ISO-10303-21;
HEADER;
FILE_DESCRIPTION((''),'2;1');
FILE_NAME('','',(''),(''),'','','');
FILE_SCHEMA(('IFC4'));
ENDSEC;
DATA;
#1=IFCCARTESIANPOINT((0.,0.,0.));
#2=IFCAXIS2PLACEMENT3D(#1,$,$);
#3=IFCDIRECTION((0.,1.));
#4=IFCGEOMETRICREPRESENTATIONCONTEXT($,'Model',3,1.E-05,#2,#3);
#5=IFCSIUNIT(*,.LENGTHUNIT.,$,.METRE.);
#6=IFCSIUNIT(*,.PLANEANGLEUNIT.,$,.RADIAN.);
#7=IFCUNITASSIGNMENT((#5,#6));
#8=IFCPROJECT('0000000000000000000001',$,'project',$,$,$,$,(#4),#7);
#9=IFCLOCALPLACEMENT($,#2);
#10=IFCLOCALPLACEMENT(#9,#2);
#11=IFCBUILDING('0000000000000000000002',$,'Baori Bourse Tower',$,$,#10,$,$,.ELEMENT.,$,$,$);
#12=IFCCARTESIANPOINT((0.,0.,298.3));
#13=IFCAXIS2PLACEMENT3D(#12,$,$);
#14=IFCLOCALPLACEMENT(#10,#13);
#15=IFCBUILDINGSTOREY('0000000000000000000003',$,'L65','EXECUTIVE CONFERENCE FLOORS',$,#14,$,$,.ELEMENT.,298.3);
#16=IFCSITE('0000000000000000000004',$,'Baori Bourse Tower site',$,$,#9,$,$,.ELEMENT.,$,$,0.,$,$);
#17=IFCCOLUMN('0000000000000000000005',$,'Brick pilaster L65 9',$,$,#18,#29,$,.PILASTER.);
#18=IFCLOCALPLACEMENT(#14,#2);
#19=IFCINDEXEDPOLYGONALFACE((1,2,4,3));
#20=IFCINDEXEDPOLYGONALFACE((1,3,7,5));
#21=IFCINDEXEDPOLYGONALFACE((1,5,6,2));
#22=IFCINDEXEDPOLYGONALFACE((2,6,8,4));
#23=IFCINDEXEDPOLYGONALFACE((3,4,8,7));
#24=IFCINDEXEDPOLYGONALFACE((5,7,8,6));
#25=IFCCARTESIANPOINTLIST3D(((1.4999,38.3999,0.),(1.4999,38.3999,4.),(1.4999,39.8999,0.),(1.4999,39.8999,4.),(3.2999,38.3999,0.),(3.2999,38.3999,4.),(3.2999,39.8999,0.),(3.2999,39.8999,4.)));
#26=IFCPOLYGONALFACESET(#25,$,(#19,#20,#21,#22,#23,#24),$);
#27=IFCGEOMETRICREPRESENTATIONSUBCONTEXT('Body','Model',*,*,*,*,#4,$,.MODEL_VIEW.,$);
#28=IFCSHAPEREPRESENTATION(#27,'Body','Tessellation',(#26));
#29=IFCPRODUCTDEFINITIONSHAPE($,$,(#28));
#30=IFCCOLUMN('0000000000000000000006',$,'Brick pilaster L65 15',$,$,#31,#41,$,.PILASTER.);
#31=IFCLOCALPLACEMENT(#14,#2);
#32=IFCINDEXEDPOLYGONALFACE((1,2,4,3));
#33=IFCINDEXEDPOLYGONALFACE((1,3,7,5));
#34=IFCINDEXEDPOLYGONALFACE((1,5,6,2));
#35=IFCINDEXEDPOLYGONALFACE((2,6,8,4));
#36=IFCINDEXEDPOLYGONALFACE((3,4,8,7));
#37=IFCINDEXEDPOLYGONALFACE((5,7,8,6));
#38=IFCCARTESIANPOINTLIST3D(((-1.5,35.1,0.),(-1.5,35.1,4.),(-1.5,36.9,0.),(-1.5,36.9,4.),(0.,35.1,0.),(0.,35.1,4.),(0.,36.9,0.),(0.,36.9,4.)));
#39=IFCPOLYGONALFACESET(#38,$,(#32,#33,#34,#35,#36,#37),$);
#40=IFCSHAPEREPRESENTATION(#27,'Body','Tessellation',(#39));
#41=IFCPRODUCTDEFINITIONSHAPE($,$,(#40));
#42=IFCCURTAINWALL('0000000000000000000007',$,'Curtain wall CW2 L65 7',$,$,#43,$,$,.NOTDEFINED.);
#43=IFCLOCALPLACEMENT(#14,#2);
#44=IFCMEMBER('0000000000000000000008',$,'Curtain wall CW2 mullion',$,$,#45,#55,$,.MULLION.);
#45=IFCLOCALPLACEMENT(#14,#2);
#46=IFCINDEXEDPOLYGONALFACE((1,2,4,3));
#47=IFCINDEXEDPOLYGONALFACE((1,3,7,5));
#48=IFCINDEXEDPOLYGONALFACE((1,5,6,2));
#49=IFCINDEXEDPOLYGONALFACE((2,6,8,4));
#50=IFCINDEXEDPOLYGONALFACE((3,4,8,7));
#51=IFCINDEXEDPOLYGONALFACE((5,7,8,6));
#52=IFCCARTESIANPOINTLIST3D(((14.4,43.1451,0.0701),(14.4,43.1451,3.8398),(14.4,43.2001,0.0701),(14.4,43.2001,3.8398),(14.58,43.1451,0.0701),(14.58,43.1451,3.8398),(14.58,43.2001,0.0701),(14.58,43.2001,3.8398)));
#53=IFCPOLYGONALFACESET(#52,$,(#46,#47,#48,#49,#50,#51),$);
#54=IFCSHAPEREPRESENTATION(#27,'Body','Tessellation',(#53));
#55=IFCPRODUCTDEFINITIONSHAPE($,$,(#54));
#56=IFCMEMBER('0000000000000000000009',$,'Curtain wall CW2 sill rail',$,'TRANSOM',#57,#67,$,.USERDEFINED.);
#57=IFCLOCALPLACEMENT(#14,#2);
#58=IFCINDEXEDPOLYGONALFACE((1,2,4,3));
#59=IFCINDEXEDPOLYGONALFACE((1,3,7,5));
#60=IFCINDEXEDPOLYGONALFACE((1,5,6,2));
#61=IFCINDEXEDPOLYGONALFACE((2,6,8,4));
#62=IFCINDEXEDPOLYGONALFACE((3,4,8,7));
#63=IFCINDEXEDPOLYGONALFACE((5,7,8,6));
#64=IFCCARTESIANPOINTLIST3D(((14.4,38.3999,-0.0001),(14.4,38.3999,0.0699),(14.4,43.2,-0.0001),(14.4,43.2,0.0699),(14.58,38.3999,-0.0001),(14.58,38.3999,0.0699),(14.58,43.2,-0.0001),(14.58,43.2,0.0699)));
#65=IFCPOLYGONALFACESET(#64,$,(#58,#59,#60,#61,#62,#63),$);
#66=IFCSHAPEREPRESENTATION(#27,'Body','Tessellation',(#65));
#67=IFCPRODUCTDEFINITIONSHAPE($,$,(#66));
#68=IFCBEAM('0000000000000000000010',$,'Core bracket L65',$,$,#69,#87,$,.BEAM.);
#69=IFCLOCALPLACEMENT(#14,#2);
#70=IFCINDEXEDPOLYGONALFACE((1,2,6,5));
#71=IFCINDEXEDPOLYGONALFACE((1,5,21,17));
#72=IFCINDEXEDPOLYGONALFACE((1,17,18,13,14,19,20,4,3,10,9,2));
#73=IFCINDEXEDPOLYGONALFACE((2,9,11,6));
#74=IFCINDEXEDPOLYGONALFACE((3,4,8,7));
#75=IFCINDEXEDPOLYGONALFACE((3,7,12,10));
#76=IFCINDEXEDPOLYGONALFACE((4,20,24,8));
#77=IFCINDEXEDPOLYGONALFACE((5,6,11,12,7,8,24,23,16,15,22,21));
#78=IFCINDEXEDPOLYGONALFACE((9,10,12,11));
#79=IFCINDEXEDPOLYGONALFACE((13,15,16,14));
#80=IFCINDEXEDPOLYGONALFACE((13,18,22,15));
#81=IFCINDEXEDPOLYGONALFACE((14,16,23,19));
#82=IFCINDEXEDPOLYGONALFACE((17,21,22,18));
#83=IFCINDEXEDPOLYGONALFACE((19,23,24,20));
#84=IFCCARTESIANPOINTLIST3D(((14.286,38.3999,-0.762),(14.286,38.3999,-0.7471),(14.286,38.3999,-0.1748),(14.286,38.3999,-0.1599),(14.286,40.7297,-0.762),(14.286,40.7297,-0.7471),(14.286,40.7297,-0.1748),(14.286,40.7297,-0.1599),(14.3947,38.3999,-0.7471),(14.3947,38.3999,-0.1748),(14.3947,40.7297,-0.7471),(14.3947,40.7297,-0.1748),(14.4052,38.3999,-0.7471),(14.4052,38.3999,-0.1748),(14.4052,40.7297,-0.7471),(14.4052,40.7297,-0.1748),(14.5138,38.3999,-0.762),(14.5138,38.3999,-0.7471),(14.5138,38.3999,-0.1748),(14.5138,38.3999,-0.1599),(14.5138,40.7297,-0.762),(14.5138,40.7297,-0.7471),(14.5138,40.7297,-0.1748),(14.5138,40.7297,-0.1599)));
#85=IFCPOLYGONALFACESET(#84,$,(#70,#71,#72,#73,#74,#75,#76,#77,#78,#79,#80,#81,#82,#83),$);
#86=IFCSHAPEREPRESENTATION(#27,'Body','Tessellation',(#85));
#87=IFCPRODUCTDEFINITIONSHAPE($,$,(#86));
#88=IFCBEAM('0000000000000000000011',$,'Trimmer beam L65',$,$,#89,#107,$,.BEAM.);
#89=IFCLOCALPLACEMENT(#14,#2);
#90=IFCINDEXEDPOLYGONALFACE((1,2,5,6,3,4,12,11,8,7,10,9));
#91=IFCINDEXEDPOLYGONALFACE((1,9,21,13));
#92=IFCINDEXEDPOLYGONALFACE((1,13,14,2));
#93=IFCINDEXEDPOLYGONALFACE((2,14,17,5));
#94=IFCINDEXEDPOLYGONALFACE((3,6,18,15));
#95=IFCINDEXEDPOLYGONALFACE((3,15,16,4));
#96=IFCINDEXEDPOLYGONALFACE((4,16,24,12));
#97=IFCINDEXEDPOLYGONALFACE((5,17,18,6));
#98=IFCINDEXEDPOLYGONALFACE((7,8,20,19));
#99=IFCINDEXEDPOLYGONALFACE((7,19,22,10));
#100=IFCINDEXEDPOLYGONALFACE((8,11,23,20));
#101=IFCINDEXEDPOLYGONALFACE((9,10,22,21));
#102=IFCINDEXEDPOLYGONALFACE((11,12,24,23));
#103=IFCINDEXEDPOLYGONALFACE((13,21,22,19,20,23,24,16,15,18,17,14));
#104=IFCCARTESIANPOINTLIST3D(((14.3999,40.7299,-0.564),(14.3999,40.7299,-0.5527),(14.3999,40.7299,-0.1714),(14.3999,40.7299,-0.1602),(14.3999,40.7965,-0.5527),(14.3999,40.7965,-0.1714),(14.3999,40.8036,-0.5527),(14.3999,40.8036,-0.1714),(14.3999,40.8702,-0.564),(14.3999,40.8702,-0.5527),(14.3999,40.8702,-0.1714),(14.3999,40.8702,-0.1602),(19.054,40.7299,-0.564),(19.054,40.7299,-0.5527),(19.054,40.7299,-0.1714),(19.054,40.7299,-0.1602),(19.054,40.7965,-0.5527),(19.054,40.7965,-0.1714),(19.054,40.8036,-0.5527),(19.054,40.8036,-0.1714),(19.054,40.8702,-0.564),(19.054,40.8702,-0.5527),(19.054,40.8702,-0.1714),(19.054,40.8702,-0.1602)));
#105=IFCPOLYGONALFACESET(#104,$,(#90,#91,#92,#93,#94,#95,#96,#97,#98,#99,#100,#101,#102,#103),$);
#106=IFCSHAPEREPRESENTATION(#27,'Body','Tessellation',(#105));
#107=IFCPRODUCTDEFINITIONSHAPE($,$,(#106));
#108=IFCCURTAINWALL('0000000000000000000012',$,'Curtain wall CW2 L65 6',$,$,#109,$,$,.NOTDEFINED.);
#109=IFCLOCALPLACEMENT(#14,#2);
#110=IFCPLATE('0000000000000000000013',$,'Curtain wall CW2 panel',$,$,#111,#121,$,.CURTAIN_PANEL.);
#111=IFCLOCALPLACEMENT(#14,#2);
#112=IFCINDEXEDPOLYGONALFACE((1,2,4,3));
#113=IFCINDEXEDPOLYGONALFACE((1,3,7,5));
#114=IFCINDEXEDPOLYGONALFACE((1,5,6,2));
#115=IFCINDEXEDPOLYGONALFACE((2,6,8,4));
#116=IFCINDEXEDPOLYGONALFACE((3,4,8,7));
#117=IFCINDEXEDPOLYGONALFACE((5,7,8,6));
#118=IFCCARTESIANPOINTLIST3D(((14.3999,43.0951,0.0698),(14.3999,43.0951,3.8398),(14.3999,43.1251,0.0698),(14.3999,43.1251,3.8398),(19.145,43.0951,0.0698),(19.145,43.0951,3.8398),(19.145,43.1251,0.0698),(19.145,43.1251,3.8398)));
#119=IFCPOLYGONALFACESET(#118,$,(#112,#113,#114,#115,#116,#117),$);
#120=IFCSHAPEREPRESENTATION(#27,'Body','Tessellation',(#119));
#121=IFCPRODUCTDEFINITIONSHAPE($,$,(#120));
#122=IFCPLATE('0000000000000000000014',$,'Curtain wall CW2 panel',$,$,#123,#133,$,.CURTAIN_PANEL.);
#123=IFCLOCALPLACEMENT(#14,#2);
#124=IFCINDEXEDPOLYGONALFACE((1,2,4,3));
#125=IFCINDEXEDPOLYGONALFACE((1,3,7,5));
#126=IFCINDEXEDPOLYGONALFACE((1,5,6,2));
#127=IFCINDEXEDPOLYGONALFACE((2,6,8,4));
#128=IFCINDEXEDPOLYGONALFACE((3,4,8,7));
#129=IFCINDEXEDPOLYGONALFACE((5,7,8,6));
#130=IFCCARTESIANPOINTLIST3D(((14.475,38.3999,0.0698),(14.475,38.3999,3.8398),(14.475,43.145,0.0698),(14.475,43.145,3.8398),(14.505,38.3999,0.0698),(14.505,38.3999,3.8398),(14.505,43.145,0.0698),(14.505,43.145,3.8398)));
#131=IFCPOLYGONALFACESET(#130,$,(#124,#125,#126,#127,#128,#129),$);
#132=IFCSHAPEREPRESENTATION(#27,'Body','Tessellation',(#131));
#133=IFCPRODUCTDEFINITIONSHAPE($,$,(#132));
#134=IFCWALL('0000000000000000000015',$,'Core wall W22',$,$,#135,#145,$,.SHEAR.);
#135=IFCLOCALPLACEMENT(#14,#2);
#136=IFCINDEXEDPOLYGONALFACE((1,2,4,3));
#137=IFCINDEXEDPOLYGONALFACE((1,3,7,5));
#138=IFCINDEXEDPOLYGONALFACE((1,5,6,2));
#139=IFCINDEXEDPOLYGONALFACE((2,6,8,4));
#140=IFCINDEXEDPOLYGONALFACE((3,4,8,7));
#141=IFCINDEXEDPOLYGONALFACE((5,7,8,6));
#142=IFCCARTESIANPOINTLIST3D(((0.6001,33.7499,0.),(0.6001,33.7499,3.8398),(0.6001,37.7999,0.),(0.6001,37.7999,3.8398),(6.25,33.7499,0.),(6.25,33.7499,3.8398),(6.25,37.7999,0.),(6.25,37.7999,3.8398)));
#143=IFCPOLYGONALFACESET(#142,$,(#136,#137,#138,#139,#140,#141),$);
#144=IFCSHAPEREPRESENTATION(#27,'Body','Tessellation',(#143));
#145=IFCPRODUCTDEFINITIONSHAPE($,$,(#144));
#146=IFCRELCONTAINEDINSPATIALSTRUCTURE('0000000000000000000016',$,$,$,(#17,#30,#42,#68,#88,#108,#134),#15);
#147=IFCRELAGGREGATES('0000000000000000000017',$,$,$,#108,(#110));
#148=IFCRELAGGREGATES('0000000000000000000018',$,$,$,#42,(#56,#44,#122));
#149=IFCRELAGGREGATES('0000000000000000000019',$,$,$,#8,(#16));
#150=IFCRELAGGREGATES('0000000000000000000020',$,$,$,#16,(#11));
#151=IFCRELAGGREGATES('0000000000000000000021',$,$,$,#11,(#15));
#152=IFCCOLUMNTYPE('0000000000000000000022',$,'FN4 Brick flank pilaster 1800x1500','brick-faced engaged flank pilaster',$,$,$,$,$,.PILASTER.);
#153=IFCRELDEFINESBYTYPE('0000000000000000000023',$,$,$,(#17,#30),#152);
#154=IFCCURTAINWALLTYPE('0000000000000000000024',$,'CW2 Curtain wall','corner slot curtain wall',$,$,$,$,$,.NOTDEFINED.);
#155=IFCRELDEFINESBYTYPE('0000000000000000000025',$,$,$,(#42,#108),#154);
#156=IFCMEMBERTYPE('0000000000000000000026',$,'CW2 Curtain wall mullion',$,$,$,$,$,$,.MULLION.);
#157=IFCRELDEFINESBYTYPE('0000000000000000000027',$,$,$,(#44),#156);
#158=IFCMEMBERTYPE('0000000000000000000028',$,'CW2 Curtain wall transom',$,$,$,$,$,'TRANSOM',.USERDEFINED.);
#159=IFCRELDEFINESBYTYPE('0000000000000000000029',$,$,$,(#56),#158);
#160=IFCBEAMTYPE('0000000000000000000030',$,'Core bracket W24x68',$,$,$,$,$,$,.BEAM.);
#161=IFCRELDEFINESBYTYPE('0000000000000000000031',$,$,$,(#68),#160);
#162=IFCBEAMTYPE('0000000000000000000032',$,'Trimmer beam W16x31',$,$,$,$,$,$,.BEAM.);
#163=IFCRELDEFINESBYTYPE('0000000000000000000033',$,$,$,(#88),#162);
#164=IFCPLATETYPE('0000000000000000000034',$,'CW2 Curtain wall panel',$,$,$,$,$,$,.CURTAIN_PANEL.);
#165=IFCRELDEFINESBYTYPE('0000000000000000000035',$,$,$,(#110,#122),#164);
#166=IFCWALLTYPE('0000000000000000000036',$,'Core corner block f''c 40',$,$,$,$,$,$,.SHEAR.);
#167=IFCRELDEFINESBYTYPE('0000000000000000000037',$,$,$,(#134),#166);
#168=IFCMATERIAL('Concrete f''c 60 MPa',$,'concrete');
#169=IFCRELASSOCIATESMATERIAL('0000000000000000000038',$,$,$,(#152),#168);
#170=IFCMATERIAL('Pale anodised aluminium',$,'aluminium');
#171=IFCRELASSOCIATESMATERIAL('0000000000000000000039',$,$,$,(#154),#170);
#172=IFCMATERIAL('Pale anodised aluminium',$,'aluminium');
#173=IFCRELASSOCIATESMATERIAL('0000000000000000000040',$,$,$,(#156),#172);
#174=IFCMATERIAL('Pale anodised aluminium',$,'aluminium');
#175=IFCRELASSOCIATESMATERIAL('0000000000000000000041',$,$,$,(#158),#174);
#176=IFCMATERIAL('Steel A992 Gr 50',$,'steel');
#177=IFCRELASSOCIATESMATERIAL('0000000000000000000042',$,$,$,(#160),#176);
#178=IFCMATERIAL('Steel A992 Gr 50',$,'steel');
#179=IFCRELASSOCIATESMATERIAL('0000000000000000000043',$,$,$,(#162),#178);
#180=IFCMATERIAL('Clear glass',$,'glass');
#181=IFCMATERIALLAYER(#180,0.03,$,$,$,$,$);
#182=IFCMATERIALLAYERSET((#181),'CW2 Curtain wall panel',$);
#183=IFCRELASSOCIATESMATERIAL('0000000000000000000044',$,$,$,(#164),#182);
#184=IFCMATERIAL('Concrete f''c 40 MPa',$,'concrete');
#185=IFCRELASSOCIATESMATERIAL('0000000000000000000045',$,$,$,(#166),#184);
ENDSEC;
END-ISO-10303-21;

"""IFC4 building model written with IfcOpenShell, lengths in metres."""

from ifc_helpers import new_model, si_unit, direction, frame, frame_2d, origin, origin_2d, place, context, subcontext, project, spatial, rectangle, i_section, extrude, material, layer, layer_set, material_profile, profile_set, type_object, element, aggregate, save


model = new_model("IFC4")

# Units and contexts
model_context = context("Model", 3, precision=1e-05, world=origin(), true_north=direction((0.0, 1.0)))
body_context = subcontext(model_context, "Body", "Model", "MODEL_VIEW")
ifc_project = project(units=[si_unit("LENGTHUNIT", "METRE"), si_unit("PLANEANGLEUNIT", "RADIAN")], contexts=[model_context])

# Site, building, storey
site_placement = place(None, origin())
site = spatial("IfcSite", under=ifc_project, at=site_placement, Name="Baori Bourse Tower site", CompositionType="ELEMENT", RefElevation=0.0)
building_placement = place(site_placement, origin())
building = spatial("IfcBuilding", under=site, at=building_placement, Name="Baori Bourse Tower", CompositionType="ELEMENT")
storey_placement = place(building_placement, frame((0.0, 0.0, 298.3)))
storey = spatial("IfcBuildingStorey", under=building, at=storey_placement, Name="L65", Description="EXECUTIVE CONFERENCE FLOORS", CompositionType="ELEMENT", Elevation=298.3)

# Columns
ifc_material_1 = material(Name="Concrete f'c 60 MPa", Category="concrete")
ifc_material_profile_1 = material_profile(ifc_material_1, rectangle(XDim=1.8, YDim=1.5, at=origin_2d()), Name="RC 1800x1500")
ifc_profile_set_1 = profile_set([ifc_material_profile_1], Name="Concrete f'c 60 MPa")
column_type = type_object("IfcColumnType", Name="FN4 Brick flank pilaster 1800x1500", Description="brick-faced engaged flank pilaster", PredefinedType="PILASTER", material=ifc_profile_set_1)
for number, where, z_axis, x_axis, name in (
    (1, (2.3999, 39.1499, 0.0), (0.0, 0.0, 1.0), (1.0, 0.0, 0.0), "Brick pilaster L65 9"),
    (2, (-0.75, 36.0, 0.0), (0.0, 0.0, 1.0), (0.0, 1.0, 0.0), "Brick pilaster L65 15"),
):
    element("IfcColumn", number, at=place(storey_placement, frame(where, z_axis=z_axis, x_axis=x_axis)), inside=storey, type_object=column_type, Name=name, PredefinedType="PILASTER", context=body_context, shape_type="SweptSolid", body=[
        extrude(rectangle(XDim=1.8, YDim=1.5, at=origin_2d()), origin(), (0.0, 0.0, 1.0), 4.0),
    ])

# Curtain wall, members
ifc_material_2 = material(Name="Pale anodised aluminium", Category="aluminium")
curtain_wall_type = type_object("IfcCurtainWallType", Name="CW2 Curtain wall", Description="corner slot curtain wall", PredefinedType="NOTDEFINED", material=ifc_material_2)
curtain_wall_1_placement = place(storey_placement, origin())
curtain_wall_1 = element("IfcCurtainWall", 3, at=curtain_wall_1_placement, inside=storey, type_object=curtain_wall_type, Name="Curtain wall CW2 L65 7", PredefinedType="NOTDEFINED")
ifc_material_3 = material(Name="Pale anodised aluminium", Category="aluminium")
ifc_material_profile_2 = material_profile(ifc_material_3, rectangle(XDim=0.1799, YDim=0.0549, at=origin_2d()), Name="Mullion 55x180")
ifc_profile_set_2 = profile_set([ifc_material_profile_2], Name="Pale anodised aluminium")
member_type_1 = type_object("IfcMemberType", Name="CW2 Curtain wall mullion", PredefinedType="MULLION", material=ifc_profile_set_2)
member_1_placement = place(storey_placement, frame((14.49, 43.1726, 0.0701), z_axis=(0.0, 0.0, 1.0), x_axis=(1.0, 0.0, 0.0)))
member_1 = element("IfcMember", 4, at=member_1_placement, type_object=member_type_1, Name="Curtain wall CW2 mullion", PredefinedType="MULLION", context=body_context, shape_type="SweptSolid", body=[
    extrude(rectangle(XDim=0.1799, YDim=0.0549, at=origin_2d()), origin(), (0.0, 0.0, 1.0), 3.7698),
])
ifc_material_4 = material(Name="Pale anodised aluminium", Category="aluminium")
ifc_material_profile_3 = material_profile(ifc_material_4, rectangle(XDim=0.1799, YDim=0.0701, at=origin_2d()), Name="Transom 70x180")
ifc_profile_set_3 = profile_set([ifc_material_profile_3], Name="Pale anodised aluminium")
member_type_2 = type_object("IfcMemberType", Name="CW2 Curtain wall transom", ElementType="TRANSOM", PredefinedType="USERDEFINED", material=ifc_profile_set_3)
member_2_placement = place(storey_placement, frame((14.49, 43.2, 0.0349), z_axis=(0.0, -1.0, 0.0), x_axis=(1.0, 0.0, 0.0)))
member_2 = element("IfcMember", 5, at=member_2_placement, type_object=member_type_2, Name="Curtain wall CW2 sill rail", ObjectType="TRANSOM", PredefinedType="USERDEFINED", context=body_context, shape_type="SweptSolid", body=[
    extrude(rectangle(XDim=0.1799, YDim=0.0701, at=origin_2d()), origin(), (0.0, 0.0, 1.0), 4.8),
])

# Beams
ifc_material_5 = material(Name="Steel A992 Gr 50", Category="steel")
ifc_material_profile_4 = material_profile(ifc_material_5, i_section(OverallWidth=0.2278, OverallDepth=0.6021, WebThickness=0.0105, FlangeThickness=0.0149, at=origin_2d()), Name="W24x68")
ifc_profile_set_4 = profile_set([ifc_material_profile_4], Name="Steel A992 Gr 50")
beam_type_1 = type_object("IfcBeamType", Name="Core bracket W24x68", PredefinedType="BEAM", material=ifc_profile_set_4)
beam_1_placement = place(storey_placement, frame((14.3999, 38.3999, -0.4609), z_axis=(0.0, 1.0, 0.0), x_axis=(-1.0, 0.0, 0.0)))
element("IfcBeam", 6, at=beam_1_placement, inside=storey, type_object=beam_type_1, Name="Core bracket L65", PredefinedType="BEAM", context=body_context, shape_type="SweptSolid", body=[
    extrude(i_section(OverallWidth=0.2278, OverallDepth=0.6021, WebThickness=0.0105, FlangeThickness=0.0149, at=origin_2d()), origin(), (0.0, 0.0, 1.0), 2.3298),
])
ifc_material_6 = material(Name="Steel A992 Gr 50", Category="steel")
ifc_material_profile_5 = material_profile(ifc_material_6, i_section(OverallWidth=0.1404, OverallDepth=0.4038, WebThickness=0.0071, FlangeThickness=0.0112, at=origin_2d()), Name="W16x31")
ifc_profile_set_5 = profile_set([ifc_material_profile_5], Name="Steel A992 Gr 50")
beam_type_2 = type_object("IfcBeamType", Name="Trimmer beam W16x31", PredefinedType="BEAM", material=ifc_profile_set_5)
beam_2_placement = place(storey_placement, frame((14.3999, 40.8, -0.3621), z_axis=(1.0, 0.0, 0.0), x_axis=(0.0, 1.0, 0.0)))
element("IfcBeam", 7, at=beam_2_placement, inside=storey, type_object=beam_type_2, Name="Trimmer beam L65", PredefinedType="BEAM", context=body_context, shape_type="SweptSolid", body=[
    extrude(i_section(OverallWidth=0.1404, OverallDepth=0.4038, WebThickness=0.0071, FlangeThickness=0.0112, at=origin_2d()), origin(), (0.0, 0.0, 1.0), 4.6541),
])

# Curtain wall, plate
curtain_wall_2_placement = place(storey_placement, origin())
curtain_wall_2 = element("IfcCurtainWall", 8, at=curtain_wall_2_placement, inside=storey, type_object=curtain_wall_type, Name="Curtain wall CW2 L65 6", PredefinedType="NOTDEFINED")
ifc_material_7 = material(Name="Clear glass", Category="glass")
ifc_layer_1 = layer(ifc_material_7, 0.03)
ifc_layer_set_1 = layer_set([ifc_layer_1], Name="CW2 Curtain wall panel")
plate_type = type_object("IfcPlateType", Name="CW2 Curtain wall panel", PredefinedType="CURTAIN_PANEL", material=ifc_layer_set_1)
plate_1_placement = place(storey_placement, frame((16.7725, 43.1101, 0.0698), z_axis=(0.0, 0.0, 1.0), x_axis=(-1.0, 0.0, 0.0)))
plate_1 = element("IfcPlate", 9, at=plate_1_placement, type_object=plate_type, Name="Curtain wall CW2 panel", PredefinedType="CURTAIN_PANEL", context=body_context, shape_type="SweptSolid", body=[
    extrude(rectangle(XDim=4.7451, YDim=0.03, at=origin_2d()), origin(), (0.0, 0.0, 1.0), 3.77),
])
aggregate(curtain_wall_2, [plate_1])

# Plate
plate_2_placement = place(storey_placement, frame((14.49, 40.7725, 0.0698), z_axis=(0.0, 0.0, 1.0), x_axis=(0.0, -1.0, 0.0)))
plate_2 = element("IfcPlate", 10, at=plate_2_placement, type_object=plate_type, Name="Curtain wall CW2 panel", PredefinedType="CURTAIN_PANEL", context=body_context, shape_type="SweptSolid", body=[
    extrude(rectangle(XDim=4.7451, YDim=0.03, at=origin_2d()), origin(), (0.0, 0.0, 1.0), 3.77),
])
aggregate(curtain_wall_1, [member_2, member_1, plate_2])

# Wall
ifc_material_8 = material(Name="Concrete f'c 40 MPa", Category="concrete")
wall_type_1 = type_object("IfcWallType", Name="Core corner block f'c 40", PredefinedType="SHEAR", material=ifc_material_8)
wall_1_placement = place(storey_placement, frame((0.6001, 35.7749, 0.0), z_axis=(0.0, 0.0, 1.0), x_axis=(1.0, 0.0, 0.0)))
element("IfcWall", 11, at=wall_1_placement, inside=storey, type_object=wall_type_1, Name="Core wall W22", PredefinedType="SHEAR", context=body_context, shape_type="SweptSolid", body=[
    extrude(rectangle(XDim=5.6499, YDim=4.05, at=frame_2d((2.825, 0.0))), origin(), (0.0, 0.0, 1.0), 3.8398),
])

save(model, "model.ifc")
